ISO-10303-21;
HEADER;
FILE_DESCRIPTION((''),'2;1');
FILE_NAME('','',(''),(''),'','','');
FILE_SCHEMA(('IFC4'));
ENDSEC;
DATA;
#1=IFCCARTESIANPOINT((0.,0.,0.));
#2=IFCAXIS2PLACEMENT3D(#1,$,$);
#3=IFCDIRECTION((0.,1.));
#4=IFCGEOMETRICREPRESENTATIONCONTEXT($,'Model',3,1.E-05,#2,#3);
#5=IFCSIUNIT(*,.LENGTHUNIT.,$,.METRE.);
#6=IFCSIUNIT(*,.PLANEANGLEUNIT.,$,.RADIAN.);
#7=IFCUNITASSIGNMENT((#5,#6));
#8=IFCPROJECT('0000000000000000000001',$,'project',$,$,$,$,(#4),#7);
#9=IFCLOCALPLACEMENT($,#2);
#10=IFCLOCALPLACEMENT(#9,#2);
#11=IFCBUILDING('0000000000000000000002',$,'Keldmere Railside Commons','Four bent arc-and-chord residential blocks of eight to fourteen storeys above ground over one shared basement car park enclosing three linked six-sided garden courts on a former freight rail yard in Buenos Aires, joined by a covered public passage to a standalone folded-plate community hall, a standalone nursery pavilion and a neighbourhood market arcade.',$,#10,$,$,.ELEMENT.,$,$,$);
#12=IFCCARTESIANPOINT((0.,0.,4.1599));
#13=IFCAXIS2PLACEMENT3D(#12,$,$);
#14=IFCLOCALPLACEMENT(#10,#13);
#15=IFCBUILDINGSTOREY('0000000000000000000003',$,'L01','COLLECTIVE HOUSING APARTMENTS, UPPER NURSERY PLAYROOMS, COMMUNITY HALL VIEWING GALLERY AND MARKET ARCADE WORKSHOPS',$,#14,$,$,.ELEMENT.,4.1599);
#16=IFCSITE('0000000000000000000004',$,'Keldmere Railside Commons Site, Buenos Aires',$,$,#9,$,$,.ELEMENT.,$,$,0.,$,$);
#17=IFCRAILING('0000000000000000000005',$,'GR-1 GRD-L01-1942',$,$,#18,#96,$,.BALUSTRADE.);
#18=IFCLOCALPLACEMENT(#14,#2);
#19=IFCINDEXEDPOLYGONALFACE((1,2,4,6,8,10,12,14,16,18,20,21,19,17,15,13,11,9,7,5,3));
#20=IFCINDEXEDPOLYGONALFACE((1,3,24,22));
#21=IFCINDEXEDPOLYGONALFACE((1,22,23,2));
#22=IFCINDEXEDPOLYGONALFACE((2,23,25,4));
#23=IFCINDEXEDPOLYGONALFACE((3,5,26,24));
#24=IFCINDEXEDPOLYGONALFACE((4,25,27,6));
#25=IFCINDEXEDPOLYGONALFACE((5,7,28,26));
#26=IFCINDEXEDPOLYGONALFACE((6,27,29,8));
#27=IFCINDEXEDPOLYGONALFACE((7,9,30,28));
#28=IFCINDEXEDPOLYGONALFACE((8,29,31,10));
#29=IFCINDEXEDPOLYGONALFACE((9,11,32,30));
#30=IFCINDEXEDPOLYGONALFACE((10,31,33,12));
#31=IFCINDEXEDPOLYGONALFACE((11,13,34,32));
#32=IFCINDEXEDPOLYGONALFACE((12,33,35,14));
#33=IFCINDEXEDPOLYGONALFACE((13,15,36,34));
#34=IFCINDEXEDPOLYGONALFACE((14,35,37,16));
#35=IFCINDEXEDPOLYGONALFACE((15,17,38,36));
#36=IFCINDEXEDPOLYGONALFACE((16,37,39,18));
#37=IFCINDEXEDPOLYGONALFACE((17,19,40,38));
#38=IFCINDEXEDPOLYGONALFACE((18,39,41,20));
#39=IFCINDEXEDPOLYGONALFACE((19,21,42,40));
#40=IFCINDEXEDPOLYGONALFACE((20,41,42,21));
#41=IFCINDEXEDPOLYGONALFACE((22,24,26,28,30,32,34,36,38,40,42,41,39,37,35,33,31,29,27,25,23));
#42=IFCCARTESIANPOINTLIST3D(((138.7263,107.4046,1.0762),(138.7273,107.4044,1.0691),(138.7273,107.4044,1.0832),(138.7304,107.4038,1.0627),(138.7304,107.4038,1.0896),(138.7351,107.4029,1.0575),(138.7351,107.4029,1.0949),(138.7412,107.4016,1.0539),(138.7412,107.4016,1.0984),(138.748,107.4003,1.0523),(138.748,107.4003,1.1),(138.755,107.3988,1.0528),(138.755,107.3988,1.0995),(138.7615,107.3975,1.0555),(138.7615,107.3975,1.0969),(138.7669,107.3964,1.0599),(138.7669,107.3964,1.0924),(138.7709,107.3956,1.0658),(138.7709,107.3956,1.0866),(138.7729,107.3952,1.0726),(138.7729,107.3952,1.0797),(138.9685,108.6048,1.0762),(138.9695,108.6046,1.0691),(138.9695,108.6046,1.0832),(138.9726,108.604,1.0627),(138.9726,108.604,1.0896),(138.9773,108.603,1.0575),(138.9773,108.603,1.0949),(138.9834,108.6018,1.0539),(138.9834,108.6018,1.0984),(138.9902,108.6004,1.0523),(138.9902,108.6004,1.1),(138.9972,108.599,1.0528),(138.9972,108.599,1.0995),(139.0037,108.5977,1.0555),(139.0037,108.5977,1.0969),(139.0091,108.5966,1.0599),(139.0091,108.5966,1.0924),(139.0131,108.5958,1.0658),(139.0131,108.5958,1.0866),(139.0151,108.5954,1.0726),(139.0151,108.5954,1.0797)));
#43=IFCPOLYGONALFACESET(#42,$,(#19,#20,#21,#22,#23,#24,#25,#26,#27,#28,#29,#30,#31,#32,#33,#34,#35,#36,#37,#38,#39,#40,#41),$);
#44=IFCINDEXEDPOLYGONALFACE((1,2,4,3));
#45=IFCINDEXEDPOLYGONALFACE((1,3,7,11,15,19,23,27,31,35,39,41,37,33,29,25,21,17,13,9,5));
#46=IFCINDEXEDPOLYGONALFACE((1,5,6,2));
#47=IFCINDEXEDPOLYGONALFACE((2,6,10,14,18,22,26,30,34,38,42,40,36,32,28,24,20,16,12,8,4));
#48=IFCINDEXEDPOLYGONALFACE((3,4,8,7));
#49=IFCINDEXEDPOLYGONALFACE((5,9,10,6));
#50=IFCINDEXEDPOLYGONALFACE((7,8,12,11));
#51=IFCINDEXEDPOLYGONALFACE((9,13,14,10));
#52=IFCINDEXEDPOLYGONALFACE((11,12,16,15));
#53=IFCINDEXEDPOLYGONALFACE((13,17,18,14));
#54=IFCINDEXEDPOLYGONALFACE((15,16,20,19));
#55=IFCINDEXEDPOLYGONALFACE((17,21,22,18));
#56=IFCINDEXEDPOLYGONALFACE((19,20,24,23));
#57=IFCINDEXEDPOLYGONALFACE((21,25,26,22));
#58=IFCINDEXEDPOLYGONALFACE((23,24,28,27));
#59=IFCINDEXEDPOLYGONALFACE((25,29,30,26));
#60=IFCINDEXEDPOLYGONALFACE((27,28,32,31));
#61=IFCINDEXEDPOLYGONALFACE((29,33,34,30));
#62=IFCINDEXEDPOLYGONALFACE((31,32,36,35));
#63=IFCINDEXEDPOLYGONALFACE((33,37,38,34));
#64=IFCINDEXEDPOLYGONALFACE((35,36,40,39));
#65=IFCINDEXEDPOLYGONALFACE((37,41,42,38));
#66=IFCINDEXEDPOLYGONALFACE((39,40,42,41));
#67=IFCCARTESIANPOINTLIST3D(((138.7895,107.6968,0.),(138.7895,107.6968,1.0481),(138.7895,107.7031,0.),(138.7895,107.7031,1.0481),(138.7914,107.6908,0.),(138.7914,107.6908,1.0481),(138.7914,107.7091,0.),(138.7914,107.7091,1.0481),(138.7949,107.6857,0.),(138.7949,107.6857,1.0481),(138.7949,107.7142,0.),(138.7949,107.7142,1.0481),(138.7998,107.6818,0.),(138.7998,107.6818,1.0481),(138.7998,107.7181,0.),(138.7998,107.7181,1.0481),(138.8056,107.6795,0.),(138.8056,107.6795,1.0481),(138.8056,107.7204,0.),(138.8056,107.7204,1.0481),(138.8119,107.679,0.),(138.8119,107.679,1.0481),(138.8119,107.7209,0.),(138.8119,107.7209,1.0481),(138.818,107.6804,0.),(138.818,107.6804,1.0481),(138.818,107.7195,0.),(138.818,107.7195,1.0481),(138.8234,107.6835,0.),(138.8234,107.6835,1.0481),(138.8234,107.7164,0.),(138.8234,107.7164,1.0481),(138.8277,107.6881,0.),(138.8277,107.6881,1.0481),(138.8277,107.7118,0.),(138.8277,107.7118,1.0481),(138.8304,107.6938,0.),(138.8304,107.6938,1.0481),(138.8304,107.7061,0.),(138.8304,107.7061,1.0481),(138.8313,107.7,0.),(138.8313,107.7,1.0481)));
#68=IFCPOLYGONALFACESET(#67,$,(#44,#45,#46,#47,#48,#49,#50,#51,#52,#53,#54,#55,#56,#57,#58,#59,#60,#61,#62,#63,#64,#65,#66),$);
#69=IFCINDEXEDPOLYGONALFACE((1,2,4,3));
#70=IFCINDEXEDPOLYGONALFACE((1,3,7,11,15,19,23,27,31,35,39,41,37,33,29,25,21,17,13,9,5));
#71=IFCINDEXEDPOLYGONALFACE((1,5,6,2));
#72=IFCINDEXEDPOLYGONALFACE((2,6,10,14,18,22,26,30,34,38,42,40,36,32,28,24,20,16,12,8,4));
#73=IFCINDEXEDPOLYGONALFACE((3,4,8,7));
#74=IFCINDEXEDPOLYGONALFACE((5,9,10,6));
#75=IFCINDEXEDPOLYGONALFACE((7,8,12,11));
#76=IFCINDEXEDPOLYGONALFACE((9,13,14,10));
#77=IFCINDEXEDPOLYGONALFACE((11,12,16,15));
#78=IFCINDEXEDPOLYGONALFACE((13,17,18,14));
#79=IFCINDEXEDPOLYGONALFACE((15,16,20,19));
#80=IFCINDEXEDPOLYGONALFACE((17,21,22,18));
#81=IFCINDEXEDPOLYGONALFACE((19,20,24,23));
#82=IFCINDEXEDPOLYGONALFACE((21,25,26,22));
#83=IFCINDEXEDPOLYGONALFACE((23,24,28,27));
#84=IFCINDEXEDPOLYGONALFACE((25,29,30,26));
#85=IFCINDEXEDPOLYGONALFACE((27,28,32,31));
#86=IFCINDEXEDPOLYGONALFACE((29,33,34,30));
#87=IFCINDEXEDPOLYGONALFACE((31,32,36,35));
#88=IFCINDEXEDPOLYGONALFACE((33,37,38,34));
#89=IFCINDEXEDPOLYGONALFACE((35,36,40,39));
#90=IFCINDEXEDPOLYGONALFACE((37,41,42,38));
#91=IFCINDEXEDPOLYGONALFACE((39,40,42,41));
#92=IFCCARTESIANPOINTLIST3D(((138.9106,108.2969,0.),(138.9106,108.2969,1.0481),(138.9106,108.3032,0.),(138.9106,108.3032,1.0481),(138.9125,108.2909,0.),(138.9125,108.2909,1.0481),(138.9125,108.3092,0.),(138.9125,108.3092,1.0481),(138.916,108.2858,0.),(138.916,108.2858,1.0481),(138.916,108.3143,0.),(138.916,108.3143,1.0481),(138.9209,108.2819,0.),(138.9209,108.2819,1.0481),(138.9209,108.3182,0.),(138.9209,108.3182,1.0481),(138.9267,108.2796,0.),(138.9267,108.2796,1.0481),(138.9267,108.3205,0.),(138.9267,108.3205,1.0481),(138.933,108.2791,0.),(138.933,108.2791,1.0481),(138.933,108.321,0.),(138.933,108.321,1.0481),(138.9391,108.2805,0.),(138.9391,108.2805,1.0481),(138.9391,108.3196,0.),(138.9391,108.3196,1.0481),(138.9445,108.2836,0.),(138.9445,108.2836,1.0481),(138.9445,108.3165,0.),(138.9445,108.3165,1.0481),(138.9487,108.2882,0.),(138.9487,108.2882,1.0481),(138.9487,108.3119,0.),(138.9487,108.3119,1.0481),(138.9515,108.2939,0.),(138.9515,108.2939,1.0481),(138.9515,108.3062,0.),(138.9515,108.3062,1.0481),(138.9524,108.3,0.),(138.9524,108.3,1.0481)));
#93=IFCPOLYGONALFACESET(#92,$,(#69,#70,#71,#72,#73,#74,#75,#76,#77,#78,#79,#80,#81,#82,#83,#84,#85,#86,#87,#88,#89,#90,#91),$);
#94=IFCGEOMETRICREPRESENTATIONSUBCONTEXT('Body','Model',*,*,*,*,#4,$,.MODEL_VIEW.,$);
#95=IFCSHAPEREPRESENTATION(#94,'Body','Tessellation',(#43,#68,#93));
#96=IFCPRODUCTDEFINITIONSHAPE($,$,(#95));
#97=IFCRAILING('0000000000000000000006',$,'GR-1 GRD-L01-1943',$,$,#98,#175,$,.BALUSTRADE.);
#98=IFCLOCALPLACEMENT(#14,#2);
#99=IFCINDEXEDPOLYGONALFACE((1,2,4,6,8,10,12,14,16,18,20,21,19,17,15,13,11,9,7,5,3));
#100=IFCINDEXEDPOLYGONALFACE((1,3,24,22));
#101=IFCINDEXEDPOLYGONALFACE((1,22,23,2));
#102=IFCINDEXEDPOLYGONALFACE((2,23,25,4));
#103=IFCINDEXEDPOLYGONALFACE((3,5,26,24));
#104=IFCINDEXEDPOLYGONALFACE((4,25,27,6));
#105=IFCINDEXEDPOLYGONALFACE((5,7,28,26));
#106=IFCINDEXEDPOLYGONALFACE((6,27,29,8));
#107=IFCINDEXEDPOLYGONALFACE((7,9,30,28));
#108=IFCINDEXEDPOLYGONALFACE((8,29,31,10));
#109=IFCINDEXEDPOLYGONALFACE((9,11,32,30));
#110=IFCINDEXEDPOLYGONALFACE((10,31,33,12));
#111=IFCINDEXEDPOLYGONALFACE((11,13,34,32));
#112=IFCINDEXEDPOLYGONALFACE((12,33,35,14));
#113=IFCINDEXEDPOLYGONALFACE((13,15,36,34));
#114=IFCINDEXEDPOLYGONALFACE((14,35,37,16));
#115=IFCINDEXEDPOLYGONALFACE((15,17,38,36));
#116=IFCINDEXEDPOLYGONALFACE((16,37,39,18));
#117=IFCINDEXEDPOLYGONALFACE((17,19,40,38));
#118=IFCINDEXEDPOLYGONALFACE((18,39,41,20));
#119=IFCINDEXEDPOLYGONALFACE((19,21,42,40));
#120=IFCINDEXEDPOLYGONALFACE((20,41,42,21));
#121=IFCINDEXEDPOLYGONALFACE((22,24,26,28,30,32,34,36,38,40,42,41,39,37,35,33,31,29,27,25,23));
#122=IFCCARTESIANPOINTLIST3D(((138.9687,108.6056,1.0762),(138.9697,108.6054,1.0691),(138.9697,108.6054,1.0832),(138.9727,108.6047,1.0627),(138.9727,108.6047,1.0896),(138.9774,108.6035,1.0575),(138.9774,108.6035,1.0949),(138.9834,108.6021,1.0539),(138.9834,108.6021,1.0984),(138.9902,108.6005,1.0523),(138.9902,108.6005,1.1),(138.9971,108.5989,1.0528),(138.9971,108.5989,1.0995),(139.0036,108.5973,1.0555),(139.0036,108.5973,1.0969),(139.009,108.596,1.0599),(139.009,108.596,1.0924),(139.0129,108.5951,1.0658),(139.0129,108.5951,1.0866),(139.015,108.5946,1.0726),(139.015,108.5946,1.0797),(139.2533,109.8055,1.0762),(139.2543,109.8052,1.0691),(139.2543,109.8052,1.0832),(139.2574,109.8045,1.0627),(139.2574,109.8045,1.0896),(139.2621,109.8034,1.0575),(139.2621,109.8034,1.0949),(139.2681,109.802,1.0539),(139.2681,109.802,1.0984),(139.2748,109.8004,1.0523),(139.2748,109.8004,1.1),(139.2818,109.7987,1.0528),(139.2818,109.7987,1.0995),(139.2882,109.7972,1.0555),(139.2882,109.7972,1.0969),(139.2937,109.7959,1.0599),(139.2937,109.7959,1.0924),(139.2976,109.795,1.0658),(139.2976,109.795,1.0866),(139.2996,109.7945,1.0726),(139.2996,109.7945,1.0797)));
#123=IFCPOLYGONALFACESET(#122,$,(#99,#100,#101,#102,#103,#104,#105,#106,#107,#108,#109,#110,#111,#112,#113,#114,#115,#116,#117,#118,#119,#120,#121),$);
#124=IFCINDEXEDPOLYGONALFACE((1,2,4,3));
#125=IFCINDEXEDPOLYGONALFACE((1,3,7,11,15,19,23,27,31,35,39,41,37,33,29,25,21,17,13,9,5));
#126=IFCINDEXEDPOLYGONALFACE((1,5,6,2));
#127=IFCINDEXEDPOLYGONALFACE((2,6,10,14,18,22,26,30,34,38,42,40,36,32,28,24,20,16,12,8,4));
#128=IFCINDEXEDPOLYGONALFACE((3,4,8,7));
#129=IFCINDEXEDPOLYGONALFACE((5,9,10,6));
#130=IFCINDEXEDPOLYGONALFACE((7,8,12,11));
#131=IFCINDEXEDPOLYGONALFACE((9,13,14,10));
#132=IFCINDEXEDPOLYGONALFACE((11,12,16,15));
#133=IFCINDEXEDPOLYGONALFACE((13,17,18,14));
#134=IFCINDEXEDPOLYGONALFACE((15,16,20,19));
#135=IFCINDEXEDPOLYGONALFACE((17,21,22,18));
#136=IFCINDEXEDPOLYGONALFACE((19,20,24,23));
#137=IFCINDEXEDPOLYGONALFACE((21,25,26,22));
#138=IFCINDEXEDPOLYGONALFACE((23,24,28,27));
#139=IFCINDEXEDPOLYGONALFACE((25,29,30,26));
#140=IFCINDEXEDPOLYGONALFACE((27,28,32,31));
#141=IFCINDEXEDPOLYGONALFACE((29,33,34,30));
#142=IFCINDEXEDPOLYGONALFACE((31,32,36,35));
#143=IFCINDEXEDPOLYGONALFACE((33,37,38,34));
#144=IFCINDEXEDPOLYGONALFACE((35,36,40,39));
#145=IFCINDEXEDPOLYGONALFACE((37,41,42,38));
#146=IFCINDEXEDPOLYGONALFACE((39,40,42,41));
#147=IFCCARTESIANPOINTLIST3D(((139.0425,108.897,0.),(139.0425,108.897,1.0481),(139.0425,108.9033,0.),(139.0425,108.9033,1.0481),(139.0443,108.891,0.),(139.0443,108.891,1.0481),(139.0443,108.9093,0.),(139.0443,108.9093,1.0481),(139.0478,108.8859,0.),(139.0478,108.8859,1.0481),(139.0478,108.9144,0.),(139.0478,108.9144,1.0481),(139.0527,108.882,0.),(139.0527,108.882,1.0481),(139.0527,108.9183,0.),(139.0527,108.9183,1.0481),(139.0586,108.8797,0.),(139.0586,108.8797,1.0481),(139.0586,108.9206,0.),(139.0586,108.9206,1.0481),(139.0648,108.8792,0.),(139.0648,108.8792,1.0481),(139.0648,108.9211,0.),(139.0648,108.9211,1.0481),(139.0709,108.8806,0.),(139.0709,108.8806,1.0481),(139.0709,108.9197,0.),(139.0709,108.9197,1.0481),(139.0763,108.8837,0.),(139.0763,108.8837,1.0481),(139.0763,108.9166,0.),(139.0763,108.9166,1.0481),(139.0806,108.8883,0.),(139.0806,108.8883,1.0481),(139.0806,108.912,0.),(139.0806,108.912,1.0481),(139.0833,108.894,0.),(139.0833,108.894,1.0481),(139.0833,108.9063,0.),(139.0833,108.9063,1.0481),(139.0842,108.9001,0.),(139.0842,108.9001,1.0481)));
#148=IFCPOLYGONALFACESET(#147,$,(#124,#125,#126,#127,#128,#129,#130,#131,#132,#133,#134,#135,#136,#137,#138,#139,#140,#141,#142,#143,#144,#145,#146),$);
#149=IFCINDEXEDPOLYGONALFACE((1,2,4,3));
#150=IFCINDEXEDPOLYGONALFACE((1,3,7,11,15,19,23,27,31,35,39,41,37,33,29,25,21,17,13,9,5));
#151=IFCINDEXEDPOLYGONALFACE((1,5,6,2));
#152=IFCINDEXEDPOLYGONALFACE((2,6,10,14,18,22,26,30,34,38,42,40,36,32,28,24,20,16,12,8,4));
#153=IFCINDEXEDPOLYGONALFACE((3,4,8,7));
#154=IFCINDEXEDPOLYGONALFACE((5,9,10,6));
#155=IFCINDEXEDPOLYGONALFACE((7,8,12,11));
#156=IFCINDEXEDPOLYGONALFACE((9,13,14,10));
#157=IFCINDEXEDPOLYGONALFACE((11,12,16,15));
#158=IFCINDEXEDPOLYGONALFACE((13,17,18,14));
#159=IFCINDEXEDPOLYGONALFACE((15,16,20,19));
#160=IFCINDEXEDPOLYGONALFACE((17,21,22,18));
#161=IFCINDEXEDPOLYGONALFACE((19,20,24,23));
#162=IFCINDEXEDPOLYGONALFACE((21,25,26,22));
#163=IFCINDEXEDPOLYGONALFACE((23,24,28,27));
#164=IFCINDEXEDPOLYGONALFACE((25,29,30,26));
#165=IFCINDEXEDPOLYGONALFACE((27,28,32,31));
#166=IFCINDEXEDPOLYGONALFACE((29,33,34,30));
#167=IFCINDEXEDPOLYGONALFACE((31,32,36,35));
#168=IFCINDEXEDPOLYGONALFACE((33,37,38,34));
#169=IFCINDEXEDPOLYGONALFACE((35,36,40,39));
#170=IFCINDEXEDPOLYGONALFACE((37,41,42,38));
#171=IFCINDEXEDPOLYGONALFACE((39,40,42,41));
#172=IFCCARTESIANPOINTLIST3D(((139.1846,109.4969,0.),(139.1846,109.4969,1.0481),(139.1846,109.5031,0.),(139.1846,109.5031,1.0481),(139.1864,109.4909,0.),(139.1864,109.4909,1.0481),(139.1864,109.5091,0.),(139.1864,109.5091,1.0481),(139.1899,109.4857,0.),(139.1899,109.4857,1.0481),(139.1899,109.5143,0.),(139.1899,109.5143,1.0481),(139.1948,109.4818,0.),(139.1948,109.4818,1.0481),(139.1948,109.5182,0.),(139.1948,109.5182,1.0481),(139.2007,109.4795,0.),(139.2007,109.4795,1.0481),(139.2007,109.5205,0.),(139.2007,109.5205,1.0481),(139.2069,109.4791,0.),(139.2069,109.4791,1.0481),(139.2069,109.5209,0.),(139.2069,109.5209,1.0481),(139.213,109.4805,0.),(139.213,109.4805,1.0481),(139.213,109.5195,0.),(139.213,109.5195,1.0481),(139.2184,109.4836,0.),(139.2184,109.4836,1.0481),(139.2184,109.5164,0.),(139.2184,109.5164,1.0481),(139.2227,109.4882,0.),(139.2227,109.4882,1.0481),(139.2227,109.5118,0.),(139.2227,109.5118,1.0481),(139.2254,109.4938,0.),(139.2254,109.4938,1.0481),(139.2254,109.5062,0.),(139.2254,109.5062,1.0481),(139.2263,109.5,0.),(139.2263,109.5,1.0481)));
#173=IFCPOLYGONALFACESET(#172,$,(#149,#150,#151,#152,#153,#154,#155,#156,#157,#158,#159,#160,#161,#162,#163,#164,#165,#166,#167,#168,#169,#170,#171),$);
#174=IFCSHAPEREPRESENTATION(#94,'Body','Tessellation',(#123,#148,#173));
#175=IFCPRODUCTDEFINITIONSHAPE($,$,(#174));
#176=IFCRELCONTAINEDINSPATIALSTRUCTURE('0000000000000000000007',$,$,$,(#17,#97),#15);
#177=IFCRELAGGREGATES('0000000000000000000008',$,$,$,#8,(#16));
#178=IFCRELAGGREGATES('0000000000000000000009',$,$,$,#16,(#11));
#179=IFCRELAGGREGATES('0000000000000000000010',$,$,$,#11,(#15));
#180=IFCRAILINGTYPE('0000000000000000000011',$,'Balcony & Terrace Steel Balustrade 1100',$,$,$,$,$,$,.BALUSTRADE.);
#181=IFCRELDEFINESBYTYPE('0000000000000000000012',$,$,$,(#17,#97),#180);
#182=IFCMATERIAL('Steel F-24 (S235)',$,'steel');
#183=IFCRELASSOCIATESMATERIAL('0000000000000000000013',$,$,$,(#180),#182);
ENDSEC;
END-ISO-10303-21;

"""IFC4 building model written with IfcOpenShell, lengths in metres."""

from ifc_helpers import new_model, si_unit, direction, frame, origin, origin_2d, place, context, subcontext, project, spatial, circle, extrude, material, type_object, element, save


model = new_model("IFC4")

# Units and contexts
model_context = context("Model", 3, precision=1e-05, world=origin(), true_north=direction((0.0, 1.0)))
body_context = subcontext(model_context, "Body", "Model", "MODEL_VIEW")
ifc_project = project(units=[si_unit("LENGTHUNIT", "METRE"), si_unit("PLANEANGLEUNIT", "RADIAN")], contexts=[model_context])

# Site, building, storey
site_placement = place(None, origin())
site = spatial("IfcSite", under=ifc_project, at=site_placement, Name="Keldmere Railside Commons Site, Buenos Aires", CompositionType="ELEMENT", RefElevation=0.0)
building_placement = place(site_placement, origin())
building = spatial("IfcBuilding", under=site, at=building_placement, Name="Keldmere Railside Commons", Description="Four bent arc-and-chord residential blocks of eight to fourteen storeys above ground over one shared basement car park enclosing three linked six-sided garden courts on a former freight rail yard in Buenos Aires, joined by a covered public passage to a standalone folded-plate community hall, a standalone nursery pavilion and a neighbourhood market arcade.", CompositionType="ELEMENT")
storey_placement = place(building_placement, frame((0.0, 0.0, 4.1599)))
storey = spatial("IfcBuildingStorey", under=building, at=storey_placement, Name="L01", Description="COLLECTIVE HOUSING APARTMENTS, UPPER NURSERY PLAYROOMS, COMMUNITY HALL VIEWING GALLERY AND MARKET ARCADE WORKSHOPS", CompositionType="ELEMENT", Elevation=4.1599)

# Railings
ifc_material_1 = material(Name="Steel F-24 (S235)", Category="steel")
railing_type = type_object("IfcRailingType", Name="Balcony & Terrace Steel Balustrade 1100", PredefinedType="BALUSTRADE", material=ifc_material_1)
railing_1_placement = place(storey_placement, frame((138.7498, 107.3999, 0.0)))
element("IfcRailing", 1, at=railing_1_placement, inside=storey, type_object=railing_type, Name="GR-1 GRD-L01-1942", PredefinedType="BALUSTRADE", context=body_context, shape_type="SweptSolid", body=[
    extrude(circle(Radius=0.0239, at=origin_2d()), frame((0.0, 0.0, 1.0762), z_axis=(0.197803, 0.980242, 0.0), x_axis=(-0.980242, 0.197803, 0.0)), (0.0, 0.0, 1.0), 1.2244),
    extrude(circle(Radius=0.021, at=origin_2d()), frame((0.0605, 0.3, 0.0)), (0.0, 0.0, 1.0), 1.0481),
    extrude(circle(Radius=0.021, at=origin_2d()), frame((0.1816, 0.9001, 0.0)), (0.0, 0.0, 1.0), 1.0481),
])
railing_2_placement = place(storey_placement, frame((138.9919, 108.6001, 0.0)))
element("IfcRailing", 2, at=railing_2_placement, inside=storey, type_object=railing_type, Name="GR-1 GRD-L01-1943", PredefinedType="BALUSTRADE", context=body_context, shape_type="SweptSolid", body=[
    extrude(circle(Radius=0.0239, at=origin_2d()), frame((0.0, 0.0, 1.0762), z_axis=(0.230826, 0.972995, 0.0), x_axis=(-0.972995, 0.230826, 0.0)), (0.0, 0.0, 1.0), 1.2332),
    extrude(circle(Radius=0.021, at=origin_2d()), frame((0.0713, 0.3, 0.0)), (0.0, 0.0, 1.0), 1.0481),
    extrude(circle(Radius=0.021, at=origin_2d()), frame((0.2134, 0.8999, 0.0)), (0.0, 0.0, 1.0), 1.0481),
])

save(model, "model.ifc")
